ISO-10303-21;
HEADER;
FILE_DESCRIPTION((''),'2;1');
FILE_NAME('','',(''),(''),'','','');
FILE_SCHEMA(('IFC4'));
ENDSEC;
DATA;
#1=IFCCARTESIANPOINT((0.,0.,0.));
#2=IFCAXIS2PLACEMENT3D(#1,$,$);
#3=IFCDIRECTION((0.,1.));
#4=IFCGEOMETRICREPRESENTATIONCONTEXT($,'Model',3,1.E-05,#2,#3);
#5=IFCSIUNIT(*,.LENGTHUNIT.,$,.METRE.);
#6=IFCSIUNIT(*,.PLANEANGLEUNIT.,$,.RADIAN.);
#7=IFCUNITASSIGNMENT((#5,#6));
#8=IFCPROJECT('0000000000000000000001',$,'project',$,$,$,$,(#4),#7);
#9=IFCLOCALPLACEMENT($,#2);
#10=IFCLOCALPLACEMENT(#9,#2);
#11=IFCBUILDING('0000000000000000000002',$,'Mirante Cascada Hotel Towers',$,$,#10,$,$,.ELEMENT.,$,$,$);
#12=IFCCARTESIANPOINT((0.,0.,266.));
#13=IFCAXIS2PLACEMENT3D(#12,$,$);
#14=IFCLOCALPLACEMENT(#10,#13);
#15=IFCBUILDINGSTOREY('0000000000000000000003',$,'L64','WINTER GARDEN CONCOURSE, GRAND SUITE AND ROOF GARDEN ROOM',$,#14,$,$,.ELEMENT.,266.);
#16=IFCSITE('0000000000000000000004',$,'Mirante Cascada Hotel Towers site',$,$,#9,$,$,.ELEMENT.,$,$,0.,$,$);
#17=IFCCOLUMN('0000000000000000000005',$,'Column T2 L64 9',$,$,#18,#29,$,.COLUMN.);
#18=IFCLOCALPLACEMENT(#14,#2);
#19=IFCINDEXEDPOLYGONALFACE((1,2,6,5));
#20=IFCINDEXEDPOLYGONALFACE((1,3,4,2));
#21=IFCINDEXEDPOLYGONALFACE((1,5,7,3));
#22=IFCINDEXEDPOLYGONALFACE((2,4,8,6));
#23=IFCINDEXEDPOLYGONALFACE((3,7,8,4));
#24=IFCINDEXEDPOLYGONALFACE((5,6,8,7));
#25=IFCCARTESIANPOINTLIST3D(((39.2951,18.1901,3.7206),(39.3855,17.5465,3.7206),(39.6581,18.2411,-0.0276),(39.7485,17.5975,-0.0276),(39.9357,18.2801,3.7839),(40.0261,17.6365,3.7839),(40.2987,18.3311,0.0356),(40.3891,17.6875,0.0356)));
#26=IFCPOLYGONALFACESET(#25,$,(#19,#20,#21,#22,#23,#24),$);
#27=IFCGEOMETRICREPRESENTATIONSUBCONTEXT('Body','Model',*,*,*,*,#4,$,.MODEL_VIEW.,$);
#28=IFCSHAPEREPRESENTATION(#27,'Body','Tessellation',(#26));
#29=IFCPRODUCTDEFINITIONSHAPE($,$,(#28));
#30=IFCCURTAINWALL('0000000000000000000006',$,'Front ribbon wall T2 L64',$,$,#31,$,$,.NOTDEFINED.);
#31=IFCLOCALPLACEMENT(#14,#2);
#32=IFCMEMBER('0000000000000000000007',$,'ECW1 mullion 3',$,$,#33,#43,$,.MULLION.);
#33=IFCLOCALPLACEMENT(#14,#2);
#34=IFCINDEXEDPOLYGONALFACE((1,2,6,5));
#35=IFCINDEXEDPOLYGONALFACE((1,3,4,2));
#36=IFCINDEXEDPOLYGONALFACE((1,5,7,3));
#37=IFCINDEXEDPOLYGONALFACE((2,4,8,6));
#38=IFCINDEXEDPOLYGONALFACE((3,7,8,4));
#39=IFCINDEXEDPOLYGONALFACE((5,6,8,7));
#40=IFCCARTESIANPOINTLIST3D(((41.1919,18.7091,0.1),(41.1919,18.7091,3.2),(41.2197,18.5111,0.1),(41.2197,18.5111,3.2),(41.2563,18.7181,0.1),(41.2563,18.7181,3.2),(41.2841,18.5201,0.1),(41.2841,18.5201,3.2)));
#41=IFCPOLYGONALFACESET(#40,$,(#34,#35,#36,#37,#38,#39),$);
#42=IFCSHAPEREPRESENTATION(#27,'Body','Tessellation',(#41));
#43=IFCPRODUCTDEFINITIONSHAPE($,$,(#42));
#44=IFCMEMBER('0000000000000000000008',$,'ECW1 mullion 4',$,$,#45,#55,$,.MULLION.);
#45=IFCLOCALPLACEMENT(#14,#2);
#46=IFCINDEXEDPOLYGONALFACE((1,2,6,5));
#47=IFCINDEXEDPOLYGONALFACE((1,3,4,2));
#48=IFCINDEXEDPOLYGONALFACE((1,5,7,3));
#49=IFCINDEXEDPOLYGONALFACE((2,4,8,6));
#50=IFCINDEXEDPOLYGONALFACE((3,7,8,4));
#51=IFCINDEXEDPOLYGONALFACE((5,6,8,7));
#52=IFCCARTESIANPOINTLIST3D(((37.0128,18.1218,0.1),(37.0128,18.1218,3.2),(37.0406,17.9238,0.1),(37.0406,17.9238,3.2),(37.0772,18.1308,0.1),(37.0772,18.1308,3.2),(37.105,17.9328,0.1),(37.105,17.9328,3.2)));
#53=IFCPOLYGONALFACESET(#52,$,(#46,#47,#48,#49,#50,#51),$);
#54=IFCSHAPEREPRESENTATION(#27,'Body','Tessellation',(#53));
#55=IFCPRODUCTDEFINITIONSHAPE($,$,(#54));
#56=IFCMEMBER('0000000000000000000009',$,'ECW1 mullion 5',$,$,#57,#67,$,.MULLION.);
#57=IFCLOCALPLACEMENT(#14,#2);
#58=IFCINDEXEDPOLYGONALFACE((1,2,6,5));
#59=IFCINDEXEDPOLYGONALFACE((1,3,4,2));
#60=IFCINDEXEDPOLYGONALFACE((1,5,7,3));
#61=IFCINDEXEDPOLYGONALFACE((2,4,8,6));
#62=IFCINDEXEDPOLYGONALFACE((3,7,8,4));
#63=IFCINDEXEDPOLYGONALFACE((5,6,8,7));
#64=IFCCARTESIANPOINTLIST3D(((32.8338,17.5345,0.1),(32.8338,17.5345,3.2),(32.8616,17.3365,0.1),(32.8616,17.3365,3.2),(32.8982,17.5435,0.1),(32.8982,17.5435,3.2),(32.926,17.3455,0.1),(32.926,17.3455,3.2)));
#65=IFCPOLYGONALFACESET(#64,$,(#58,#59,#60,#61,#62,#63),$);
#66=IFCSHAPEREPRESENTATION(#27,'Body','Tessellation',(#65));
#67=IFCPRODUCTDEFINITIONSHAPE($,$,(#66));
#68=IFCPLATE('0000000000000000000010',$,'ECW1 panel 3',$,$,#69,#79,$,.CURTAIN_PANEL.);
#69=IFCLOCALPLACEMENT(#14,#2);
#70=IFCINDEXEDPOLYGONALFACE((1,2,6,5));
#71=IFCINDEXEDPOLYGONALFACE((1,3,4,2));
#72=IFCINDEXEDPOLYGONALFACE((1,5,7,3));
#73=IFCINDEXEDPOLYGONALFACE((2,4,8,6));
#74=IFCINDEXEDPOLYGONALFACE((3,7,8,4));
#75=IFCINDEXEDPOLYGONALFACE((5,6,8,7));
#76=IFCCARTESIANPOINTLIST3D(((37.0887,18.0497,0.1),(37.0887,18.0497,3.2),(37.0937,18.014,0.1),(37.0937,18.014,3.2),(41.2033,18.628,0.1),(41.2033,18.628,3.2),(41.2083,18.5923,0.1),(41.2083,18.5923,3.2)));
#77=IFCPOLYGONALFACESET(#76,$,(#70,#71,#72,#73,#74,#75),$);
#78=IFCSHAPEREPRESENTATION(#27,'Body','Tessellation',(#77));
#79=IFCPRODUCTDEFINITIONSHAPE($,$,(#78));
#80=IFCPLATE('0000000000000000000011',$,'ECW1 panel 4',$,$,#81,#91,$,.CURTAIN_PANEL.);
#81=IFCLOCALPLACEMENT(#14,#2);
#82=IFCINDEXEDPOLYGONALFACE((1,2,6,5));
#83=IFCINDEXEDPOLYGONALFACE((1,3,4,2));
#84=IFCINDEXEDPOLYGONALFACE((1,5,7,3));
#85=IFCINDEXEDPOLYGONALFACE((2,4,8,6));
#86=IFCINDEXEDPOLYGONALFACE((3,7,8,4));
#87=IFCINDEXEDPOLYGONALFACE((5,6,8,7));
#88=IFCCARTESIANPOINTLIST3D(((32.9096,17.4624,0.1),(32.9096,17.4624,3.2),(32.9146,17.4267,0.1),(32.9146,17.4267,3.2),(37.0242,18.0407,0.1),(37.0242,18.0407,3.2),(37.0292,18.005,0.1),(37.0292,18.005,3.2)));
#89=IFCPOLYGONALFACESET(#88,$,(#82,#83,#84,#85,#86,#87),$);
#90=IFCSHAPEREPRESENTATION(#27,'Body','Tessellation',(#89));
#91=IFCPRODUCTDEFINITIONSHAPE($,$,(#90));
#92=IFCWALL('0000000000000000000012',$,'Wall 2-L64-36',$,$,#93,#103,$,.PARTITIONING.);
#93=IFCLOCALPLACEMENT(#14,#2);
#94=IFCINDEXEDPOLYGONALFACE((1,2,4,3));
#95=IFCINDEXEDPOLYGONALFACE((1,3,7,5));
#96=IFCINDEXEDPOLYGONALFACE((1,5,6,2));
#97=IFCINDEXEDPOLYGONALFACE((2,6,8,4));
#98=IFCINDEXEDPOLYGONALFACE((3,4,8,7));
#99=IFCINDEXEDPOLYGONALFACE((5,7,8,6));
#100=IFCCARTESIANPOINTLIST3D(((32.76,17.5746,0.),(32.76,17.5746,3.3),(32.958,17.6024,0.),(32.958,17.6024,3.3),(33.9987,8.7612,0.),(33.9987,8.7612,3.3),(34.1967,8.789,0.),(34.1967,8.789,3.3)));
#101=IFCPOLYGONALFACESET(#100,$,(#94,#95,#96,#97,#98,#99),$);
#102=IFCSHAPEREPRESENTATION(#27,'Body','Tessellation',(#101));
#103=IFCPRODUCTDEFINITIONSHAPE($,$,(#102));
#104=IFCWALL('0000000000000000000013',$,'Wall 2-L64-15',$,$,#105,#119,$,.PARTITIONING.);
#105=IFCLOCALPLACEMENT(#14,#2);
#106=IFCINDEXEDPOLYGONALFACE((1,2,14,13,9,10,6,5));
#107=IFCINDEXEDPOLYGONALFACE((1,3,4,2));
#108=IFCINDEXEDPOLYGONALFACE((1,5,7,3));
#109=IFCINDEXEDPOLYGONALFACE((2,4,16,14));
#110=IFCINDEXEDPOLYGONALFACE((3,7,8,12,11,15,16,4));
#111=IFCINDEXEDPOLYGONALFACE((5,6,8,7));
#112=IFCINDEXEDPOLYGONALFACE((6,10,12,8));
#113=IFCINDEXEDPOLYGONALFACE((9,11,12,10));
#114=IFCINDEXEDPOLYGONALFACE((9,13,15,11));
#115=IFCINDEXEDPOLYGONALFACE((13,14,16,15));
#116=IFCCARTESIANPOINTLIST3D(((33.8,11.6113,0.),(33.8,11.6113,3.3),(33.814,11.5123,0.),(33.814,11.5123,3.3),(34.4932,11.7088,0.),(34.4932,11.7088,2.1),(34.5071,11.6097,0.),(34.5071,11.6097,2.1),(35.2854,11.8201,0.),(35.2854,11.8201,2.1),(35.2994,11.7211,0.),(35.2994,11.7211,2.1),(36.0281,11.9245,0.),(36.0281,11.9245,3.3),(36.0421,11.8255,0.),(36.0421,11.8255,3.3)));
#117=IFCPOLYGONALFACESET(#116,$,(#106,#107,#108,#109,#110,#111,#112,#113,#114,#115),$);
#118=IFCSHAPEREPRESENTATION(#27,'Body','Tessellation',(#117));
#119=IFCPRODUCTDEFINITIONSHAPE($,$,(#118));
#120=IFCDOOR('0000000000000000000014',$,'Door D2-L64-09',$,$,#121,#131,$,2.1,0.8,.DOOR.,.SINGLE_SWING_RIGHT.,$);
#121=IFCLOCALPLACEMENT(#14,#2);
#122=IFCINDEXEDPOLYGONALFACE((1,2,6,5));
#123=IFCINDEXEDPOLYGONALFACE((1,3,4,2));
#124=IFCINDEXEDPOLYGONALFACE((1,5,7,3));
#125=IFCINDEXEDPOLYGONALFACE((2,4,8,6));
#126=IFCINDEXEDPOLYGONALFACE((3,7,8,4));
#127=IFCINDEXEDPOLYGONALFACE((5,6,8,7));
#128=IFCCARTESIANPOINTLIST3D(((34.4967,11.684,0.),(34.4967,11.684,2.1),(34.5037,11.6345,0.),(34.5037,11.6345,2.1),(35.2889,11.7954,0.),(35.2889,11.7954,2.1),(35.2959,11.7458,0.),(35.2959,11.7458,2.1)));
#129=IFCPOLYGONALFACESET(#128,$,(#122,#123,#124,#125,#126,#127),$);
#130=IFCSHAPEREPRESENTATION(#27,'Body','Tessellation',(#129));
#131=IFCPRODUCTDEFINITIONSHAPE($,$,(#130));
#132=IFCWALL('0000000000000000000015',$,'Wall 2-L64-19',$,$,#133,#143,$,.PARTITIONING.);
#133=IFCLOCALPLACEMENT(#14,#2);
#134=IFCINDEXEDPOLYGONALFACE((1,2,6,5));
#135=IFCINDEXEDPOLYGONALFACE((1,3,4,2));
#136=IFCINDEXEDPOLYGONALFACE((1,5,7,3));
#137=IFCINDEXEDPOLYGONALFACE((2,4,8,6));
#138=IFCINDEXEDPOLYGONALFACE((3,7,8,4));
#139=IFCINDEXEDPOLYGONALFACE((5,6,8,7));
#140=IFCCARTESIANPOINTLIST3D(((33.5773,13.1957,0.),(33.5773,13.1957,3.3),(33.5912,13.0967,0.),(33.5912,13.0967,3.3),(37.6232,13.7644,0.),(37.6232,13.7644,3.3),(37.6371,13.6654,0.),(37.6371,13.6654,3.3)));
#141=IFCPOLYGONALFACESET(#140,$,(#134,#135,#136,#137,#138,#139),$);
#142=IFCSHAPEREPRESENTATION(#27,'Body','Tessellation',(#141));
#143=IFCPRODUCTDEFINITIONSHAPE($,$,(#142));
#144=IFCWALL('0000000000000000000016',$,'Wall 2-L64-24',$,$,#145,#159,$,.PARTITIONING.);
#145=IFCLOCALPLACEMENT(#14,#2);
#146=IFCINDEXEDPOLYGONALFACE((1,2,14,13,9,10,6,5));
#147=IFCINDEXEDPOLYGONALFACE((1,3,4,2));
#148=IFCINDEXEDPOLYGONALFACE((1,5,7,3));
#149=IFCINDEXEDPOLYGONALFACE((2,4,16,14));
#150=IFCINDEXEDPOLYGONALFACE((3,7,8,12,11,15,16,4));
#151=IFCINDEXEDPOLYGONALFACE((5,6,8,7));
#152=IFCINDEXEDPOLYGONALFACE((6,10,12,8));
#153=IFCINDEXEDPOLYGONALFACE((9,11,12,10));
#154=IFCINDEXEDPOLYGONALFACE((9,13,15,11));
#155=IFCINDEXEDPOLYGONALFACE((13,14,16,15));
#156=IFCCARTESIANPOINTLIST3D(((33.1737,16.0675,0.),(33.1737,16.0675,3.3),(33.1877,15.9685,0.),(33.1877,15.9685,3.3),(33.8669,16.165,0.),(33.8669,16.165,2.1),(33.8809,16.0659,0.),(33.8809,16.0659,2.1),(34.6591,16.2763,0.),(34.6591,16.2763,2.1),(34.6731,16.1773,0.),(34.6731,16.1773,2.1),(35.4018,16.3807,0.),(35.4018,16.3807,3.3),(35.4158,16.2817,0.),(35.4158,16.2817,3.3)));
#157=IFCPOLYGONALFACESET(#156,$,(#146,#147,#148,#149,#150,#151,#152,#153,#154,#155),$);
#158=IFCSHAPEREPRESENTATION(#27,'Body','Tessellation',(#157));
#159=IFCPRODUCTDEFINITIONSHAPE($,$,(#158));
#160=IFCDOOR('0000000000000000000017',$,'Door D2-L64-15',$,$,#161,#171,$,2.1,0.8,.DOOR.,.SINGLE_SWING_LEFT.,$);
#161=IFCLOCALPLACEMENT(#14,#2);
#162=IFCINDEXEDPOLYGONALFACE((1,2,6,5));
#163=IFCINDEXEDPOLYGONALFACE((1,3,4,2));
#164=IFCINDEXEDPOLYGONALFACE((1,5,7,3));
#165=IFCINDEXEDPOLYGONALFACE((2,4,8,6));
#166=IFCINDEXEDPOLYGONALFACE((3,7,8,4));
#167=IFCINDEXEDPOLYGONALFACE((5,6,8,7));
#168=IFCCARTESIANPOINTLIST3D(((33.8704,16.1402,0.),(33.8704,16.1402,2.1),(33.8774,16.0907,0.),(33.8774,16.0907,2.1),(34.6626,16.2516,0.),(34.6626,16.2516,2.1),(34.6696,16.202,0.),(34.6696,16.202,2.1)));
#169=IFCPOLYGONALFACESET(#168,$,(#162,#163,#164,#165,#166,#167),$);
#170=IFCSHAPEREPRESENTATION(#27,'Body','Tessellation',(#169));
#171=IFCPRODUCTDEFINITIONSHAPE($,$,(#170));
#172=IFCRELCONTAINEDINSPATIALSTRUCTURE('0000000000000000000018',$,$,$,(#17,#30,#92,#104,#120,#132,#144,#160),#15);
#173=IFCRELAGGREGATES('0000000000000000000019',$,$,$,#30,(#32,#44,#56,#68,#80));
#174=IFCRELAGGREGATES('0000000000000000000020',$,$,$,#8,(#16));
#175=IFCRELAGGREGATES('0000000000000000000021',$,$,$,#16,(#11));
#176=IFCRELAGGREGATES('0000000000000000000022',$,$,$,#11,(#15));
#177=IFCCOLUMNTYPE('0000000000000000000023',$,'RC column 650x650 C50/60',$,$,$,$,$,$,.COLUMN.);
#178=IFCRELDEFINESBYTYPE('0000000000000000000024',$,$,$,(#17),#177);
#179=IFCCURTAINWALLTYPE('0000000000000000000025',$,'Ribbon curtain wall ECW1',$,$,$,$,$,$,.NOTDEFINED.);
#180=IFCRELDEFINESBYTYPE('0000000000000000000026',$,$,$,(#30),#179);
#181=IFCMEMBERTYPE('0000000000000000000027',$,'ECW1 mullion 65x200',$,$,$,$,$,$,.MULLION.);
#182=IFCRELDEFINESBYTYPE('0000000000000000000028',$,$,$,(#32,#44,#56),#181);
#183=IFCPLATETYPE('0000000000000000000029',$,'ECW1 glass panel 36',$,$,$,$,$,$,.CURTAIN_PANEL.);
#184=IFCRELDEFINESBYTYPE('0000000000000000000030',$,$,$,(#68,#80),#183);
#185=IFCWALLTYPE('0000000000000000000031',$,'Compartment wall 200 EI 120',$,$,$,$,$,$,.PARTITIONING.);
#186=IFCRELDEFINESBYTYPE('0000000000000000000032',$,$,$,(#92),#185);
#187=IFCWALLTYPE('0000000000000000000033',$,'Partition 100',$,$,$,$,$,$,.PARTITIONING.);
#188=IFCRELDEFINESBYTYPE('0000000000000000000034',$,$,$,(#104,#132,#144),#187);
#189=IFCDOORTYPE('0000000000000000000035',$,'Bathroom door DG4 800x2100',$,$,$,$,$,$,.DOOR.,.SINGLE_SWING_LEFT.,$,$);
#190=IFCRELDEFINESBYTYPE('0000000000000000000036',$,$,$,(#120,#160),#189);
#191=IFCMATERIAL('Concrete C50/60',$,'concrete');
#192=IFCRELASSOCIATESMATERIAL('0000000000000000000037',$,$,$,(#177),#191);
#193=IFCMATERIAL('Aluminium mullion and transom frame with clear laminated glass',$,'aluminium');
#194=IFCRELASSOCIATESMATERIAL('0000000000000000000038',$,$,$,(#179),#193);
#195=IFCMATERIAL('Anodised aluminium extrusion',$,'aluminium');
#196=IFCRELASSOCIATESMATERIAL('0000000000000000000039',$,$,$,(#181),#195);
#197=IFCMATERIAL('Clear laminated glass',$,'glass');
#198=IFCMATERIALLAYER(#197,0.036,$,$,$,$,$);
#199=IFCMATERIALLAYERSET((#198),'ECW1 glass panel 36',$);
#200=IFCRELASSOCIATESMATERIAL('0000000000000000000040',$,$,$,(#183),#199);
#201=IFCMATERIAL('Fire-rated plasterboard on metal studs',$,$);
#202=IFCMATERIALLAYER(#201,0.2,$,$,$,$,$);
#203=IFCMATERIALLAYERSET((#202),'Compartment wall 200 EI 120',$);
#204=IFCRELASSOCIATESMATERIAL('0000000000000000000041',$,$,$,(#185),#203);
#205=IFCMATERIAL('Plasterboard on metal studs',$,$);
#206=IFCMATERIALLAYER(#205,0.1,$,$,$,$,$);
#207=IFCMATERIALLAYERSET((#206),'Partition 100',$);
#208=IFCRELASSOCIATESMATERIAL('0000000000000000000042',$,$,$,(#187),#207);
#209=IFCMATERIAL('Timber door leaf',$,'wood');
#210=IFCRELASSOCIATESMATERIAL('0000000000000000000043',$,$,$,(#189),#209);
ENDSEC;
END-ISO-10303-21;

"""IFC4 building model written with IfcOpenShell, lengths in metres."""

from ifc_helpers import new_model, si_unit, direction, frame, frame_2d, origin, origin_2d, place, context, subcontext, project, spatial, rectangle, extrude, material, layer, layer_set, material_profile, profile_set, type_object, element, fill, aggregate, save


model = new_model("IFC4")

# Units and contexts
model_context = context("Model", 3, precision=1e-05, world=origin(), true_north=direction((0.0, 1.0)))
body_context = subcontext(model_context, "Body", "Model", "MODEL_VIEW")
ifc_project = project(units=[si_unit("LENGTHUNIT", "METRE"), si_unit("PLANEANGLEUNIT", "RADIAN")], contexts=[model_context])

# Site, building, storey
site_placement = place(None, origin())
site = spatial("IfcSite", under=ifc_project, at=site_placement, Name="Mirante Cascada Hotel Towers site", CompositionType="ELEMENT", RefElevation=0.0)
building_placement = place(site_placement, origin())
building = spatial("IfcBuilding", under=site, at=building_placement, Name="Mirante Cascada Hotel Towers", CompositionType="ELEMENT")
storey_placement = place(building_placement, frame((0.0, 0.0, 266.0)))
storey = spatial("IfcBuildingStorey", under=building, at=storey_placement, Name="L64", Description="WINTER GARDEN CONCOURSE, GRAND SUITE AND ROOF GARDEN ROOM", CompositionType="ELEMENT", Elevation=266.0)

# Column
ifc_material_1 = material(Name="Concrete C50/60", Category="concrete")
ifc_material_profile_1 = material_profile(ifc_material_1, rectangle(XDim=0.65, YDim=0.65, at=origin_2d()), Name="RC column 650x650 C50/60")
ifc_profile_set_1 = profile_set([ifc_material_profile_1], Name="Concrete C50/60")
column_type = type_object("IfcColumnType", Name="RC column 650x650 C50/60", PredefinedType="COLUMN", material=ifc_profile_set_1)
column_placement = place(storey_placement, frame((40.0236, 17.9643, 0.004), z_axis=(-0.096387, -0.013542, 0.995252), x_axis=(0.139129, -0.990274, 0.0)))
element("IfcColumn", 1, at=column_placement, inside=storey, type_object=column_type, Name="Column T2 L64 9", PredefinedType="COLUMN", context=body_context, shape_type="SweptSolid", body=[
    extrude(rectangle(XDim=0.65, YDim=0.65, at=origin_2d()), origin(), (0.0, 0.0, 1.0), 3.7661),
])

# Curtain wall, members, plates
ifc_material_2 = material(Name="Aluminium mullion and transom frame with clear laminated glass", Category="aluminium")
curtain_wall_type = type_object("IfcCurtainWallType", Name="Ribbon curtain wall ECW1", PredefinedType="NOTDEFINED", material=ifc_material_2)
curtain_wall_placement = place(storey_placement, origin())
curtain_wall = element("IfcCurtainWall", 2, at=curtain_wall_placement, inside=storey, type_object=curtain_wall_type, Name="Front ribbon wall T2 L64", PredefinedType="NOTDEFINED")
ifc_material_3 = material(Name="Anodised aluminium extrusion", Category="aluminium")
ifc_material_profile_2 = material_profile(ifc_material_3, rectangle(XDim=0.2, YDim=0.065, at=origin_2d()), Name="ECW1 MULLION 65x200")
ifc_profile_set_2 = profile_set([ifc_material_profile_2], Name="Anodised aluminium extrusion")
member_type = type_object("IfcMemberType", Name="ECW1 mullion 65x200", PredefinedType="MULLION", material=ifc_profile_set_2)
member_1_placement = place(storey_placement, frame((41.238, 18.6146, 0.1), z_axis=(0.0, 0.0, 1.0), x_axis=(0.139173, -0.990268, 0.0)))
member_1 = element("IfcMember", 3, at=member_1_placement, type_object=member_type, Name="ECW1 mullion 3", PredefinedType="MULLION", context=body_context, shape_type="SweptSolid", body=[
    extrude(rectangle(XDim=0.2, YDim=0.065, at=origin_2d()), origin(), (0.0, 0.0, 1.0), 3.1),
])
member_2_placement = place(storey_placement, frame((37.0589, 18.0273, 0.1), z_axis=(0.0, 0.0, 1.0), x_axis=(0.139173, -0.990268, 0.0)))
member_2 = element("IfcMember", 4, at=member_2_placement, type_object=member_type, Name="ECW1 mullion 4", PredefinedType="MULLION", context=body_context, shape_type="SweptSolid", body=[
    extrude(rectangle(XDim=0.2, YDim=0.065, at=origin_2d()), origin(), (0.0, 0.0, 1.0), 3.1),
])
member_3_placement = place(storey_placement, frame((32.8799, 17.44, 0.1), z_axis=(0.0, 0.0, 1.0), x_axis=(0.139173, -0.990268, 0.0)))
member_3 = element("IfcMember", 5, at=member_3_placement, type_object=member_type, Name="ECW1 mullion 5", PredefinedType="MULLION", context=body_context, shape_type="SweptSolid", body=[
    extrude(rectangle(XDim=0.2, YDim=0.065, at=origin_2d()), origin(), (0.0, 0.0, 1.0), 3.1),
])
ifc_material_4 = material(Name="Clear laminated glass", Category="glass")
ifc_layer_1 = layer(ifc_material_4, 0.036)
ifc_layer_set_1 = layer_set([ifc_layer_1], Name="ECW1 glass panel 36")
plate_type = type_object("IfcPlateType", Name="ECW1 glass panel 36", PredefinedType="CURTAIN_PANEL", material=ifc_layer_set_1)
plate_1_placement = place(storey_placement, frame((39.1485, 18.321, 0.1), z_axis=(0.0, 0.0, 1.0), x_axis=(-0.990268, -0.139173, 0.0)))
plate_1 = element("IfcPlate", 6, at=plate_1_placement, type_object=plate_type, Name="ECW1 panel 3", PredefinedType="CURTAIN_PANEL", context=body_context, shape_type="SweptSolid", body=[
    extrude(rectangle(XDim=4.1551, YDim=0.036, at=origin_2d()), origin(), (0.0, 0.0, 1.0), 3.1),
])
plate_2_placement = place(storey_placement, frame((34.9694, 17.7337, 0.1), z_axis=(0.0, 0.0, 1.0), x_axis=(-0.990268, -0.139173, 0.0)))
plate_2 = element("IfcPlate", 7, at=plate_2_placement, type_object=plate_type, Name="ECW1 panel 4", PredefinedType="CURTAIN_PANEL", context=body_context, shape_type="SweptSolid", body=[
    extrude(rectangle(XDim=4.1551, YDim=0.036, at=origin_2d()), origin(), (0.0, 0.0, 1.0), 3.1),
])
aggregate(curtain_wall, [member_1, member_2, member_3, plate_1, plate_2])

# Wall
ifc_material_5 = material(Name="Fire-rated plasterboard on metal studs")
ifc_layer_2 = layer(ifc_material_5, 0.2)
ifc_layer_set_2 = layer_set([ifc_layer_2], Name="Compartment wall 200 EI 120")
wall_type_1 = type_object("IfcWallType", Name="Compartment wall 200 EI 120", PredefinedType="PARTITIONING", material=ifc_layer_set_2)
wall_1_placement = place(storey_placement, frame((32.859, 17.5885, 0.0), z_axis=(0.0, 0.0, 1.0), x_axis=(0.139179, -0.990267, 0.0)))
element("IfcWall", 8, at=wall_1_placement, inside=storey, type_object=wall_type_1, Name="Wall 2-L64-36", PredefinedType="PARTITIONING", context=body_context, shape_type="SweptSolid", body=[
    extrude(rectangle(XDim=8.9, YDim=0.2, at=frame_2d((4.45, 0.0))), origin(), (0.0, 0.0, 1.0), 3.3),
])

# Wall, opening, door
ifc_material_6 = material(Name="Plasterboard on metal studs")
ifc_layer_3 = layer(ifc_material_6, 0.1)
ifc_layer_set_3 = layer_set([ifc_layer_3], Name="Partition 100")
wall_type_2 = type_object("IfcWallType", Name="Partition 100", PredefinedType="PARTITIONING", material=ifc_layer_set_3)
wall_2_placement = place(storey_placement, frame((33.807, 11.5618, 0.0), z_axis=(0.0, 0.0, 1.0), x_axis=(0.990264, 0.1392, 0.0)))
wall_2 = element("IfcWall", 9, at=wall_2_placement, inside=storey, type_object=wall_type_2, Name="Wall 2-L64-15", PredefinedType="PARTITIONING", context=body_context, shape_type="SweptSolid", body=[
    extrude(rectangle(XDim=2.25, YDim=0.1, at=frame_2d((1.125, 0.0))), origin(), (0.0, 0.0, 1.0), 3.3),
])
opening_1_placement = place(wall_2_placement, frame((0.7, 0.0, 0.0)))
opening_1 = element("IfcOpeningElement", 10, at=opening_1_placement, cuts=wall_2, PredefinedType="OPENING", context=body_context, shape_type="SweptSolid", body=[
    extrude(rectangle(XDim=0.8, YDim=2.1, at=frame_2d((0.4, 1.05))), frame((0.0, 0.05, 0.0), z_axis=(0.0, -1.0, 0.0), x_axis=(1.0, 0.0, 0.0)), (0.0, 0.0, 1.0), 0.1),
])
ifc_material_7 = material(Name="Timber door leaf", Category="wood")
door_type_1 = type_object("IfcDoorType", Name="Bathroom door DG4 800x2100", OperationType="SINGLE_SWING_LEFT", PredefinedType="DOOR", material=ifc_material_7)
door_1_placement = place(opening_1_placement, frame((0.8, 0.0, 0.0), z_axis=(0.0, 0.0, 1.0), x_axis=(-1.0, 0.0, 0.0)))
door_1 = element("IfcDoor", 11, at=door_1_placement, inside=storey, type_object=door_type_1, Name="Door D2-L64-09", OperationType="SINGLE_SWING_RIGHT", OverallHeight=2.1, OverallWidth=0.8, PredefinedType="DOOR", context=body_context, shape_type="SweptSolid", body=[
    extrude(rectangle(XDim=0.8, YDim=2.1, at=frame_2d((0.4, 1.05))), frame((0.0, 0.025, 0.0), z_axis=(0.0, -1.0, 0.0), x_axis=(1.0, 0.0, 0.0)), (0.0, 0.0, 1.0), 0.05),
])
fill(opening_1, door_1)

# Wall
wall_3_placement = place(storey_placement, frame((33.5843, 13.1462, 0.0), z_axis=(0.0, 0.0, 1.0), x_axis=(0.990265, 0.139194, 0.0)))
element("IfcWall", 12, at=wall_3_placement, inside=storey, type_object=wall_type_2, Name="Wall 2-L64-19", PredefinedType="PARTITIONING", context=body_context, shape_type="SweptSolid", body=[
    extrude(rectangle(XDim=4.0857, YDim=0.1, at=frame_2d((2.0428, 0.0))), origin(), (0.0, 0.0, 1.0), 3.3),
])

# Wall, opening, door
wall_4_placement = place(storey_placement, frame((35.4088, 16.3312, 0.0), z_axis=(0.0, 0.0, 1.0), x_axis=(-0.990264, -0.1392, 0.0)))
wall_4 = element("IfcWall", 13, at=wall_4_placement, inside=storey, type_object=wall_type_2, Name="Wall 2-L64-24", PredefinedType="PARTITIONING", context=body_context, shape_type="SweptSolid", body=[
    extrude(rectangle(XDim=2.25, YDim=0.1, at=frame_2d((1.125, 0.0))), origin(), (0.0, 0.0, 1.0), 3.3),
])
opening_2_placement = place(wall_4_placement, frame((0.75, 0.0, 0.0)))
opening_2 = element("IfcOpeningElement", 14, at=opening_2_placement, cuts=wall_4, PredefinedType="OPENING", context=body_context, shape_type="SweptSolid", body=[
    extrude(rectangle(XDim=0.8, YDim=2.1, at=frame_2d((0.4, 1.05))), frame((0.0, 0.05, 0.0), z_axis=(0.0, -1.0, 0.0), x_axis=(1.0, 0.0, 0.0)), (0.0, 0.0, 1.0), 0.1),
])
door_2_placement = place(opening_2_placement, origin())
door_2 = element("IfcDoor", 15, at=door_2_placement, inside=storey, type_object=door_type_1, Name="Door D2-L64-15", OperationType="SINGLE_SWING_LEFT", OverallHeight=2.1, OverallWidth=0.8, PredefinedType="DOOR", context=body_context, shape_type="SweptSolid", body=[
    extrude(rectangle(XDim=0.8, YDim=2.1, at=frame_2d((0.4, 1.05))), frame((0.0, 0.025, 0.0), z_axis=(0.0, -1.0, 0.0), x_axis=(1.0, 0.0, 0.0)), (0.0, 0.0, 1.0), 0.05),
])
fill(opening_2, door_2)

save(model, "model.ifc")
